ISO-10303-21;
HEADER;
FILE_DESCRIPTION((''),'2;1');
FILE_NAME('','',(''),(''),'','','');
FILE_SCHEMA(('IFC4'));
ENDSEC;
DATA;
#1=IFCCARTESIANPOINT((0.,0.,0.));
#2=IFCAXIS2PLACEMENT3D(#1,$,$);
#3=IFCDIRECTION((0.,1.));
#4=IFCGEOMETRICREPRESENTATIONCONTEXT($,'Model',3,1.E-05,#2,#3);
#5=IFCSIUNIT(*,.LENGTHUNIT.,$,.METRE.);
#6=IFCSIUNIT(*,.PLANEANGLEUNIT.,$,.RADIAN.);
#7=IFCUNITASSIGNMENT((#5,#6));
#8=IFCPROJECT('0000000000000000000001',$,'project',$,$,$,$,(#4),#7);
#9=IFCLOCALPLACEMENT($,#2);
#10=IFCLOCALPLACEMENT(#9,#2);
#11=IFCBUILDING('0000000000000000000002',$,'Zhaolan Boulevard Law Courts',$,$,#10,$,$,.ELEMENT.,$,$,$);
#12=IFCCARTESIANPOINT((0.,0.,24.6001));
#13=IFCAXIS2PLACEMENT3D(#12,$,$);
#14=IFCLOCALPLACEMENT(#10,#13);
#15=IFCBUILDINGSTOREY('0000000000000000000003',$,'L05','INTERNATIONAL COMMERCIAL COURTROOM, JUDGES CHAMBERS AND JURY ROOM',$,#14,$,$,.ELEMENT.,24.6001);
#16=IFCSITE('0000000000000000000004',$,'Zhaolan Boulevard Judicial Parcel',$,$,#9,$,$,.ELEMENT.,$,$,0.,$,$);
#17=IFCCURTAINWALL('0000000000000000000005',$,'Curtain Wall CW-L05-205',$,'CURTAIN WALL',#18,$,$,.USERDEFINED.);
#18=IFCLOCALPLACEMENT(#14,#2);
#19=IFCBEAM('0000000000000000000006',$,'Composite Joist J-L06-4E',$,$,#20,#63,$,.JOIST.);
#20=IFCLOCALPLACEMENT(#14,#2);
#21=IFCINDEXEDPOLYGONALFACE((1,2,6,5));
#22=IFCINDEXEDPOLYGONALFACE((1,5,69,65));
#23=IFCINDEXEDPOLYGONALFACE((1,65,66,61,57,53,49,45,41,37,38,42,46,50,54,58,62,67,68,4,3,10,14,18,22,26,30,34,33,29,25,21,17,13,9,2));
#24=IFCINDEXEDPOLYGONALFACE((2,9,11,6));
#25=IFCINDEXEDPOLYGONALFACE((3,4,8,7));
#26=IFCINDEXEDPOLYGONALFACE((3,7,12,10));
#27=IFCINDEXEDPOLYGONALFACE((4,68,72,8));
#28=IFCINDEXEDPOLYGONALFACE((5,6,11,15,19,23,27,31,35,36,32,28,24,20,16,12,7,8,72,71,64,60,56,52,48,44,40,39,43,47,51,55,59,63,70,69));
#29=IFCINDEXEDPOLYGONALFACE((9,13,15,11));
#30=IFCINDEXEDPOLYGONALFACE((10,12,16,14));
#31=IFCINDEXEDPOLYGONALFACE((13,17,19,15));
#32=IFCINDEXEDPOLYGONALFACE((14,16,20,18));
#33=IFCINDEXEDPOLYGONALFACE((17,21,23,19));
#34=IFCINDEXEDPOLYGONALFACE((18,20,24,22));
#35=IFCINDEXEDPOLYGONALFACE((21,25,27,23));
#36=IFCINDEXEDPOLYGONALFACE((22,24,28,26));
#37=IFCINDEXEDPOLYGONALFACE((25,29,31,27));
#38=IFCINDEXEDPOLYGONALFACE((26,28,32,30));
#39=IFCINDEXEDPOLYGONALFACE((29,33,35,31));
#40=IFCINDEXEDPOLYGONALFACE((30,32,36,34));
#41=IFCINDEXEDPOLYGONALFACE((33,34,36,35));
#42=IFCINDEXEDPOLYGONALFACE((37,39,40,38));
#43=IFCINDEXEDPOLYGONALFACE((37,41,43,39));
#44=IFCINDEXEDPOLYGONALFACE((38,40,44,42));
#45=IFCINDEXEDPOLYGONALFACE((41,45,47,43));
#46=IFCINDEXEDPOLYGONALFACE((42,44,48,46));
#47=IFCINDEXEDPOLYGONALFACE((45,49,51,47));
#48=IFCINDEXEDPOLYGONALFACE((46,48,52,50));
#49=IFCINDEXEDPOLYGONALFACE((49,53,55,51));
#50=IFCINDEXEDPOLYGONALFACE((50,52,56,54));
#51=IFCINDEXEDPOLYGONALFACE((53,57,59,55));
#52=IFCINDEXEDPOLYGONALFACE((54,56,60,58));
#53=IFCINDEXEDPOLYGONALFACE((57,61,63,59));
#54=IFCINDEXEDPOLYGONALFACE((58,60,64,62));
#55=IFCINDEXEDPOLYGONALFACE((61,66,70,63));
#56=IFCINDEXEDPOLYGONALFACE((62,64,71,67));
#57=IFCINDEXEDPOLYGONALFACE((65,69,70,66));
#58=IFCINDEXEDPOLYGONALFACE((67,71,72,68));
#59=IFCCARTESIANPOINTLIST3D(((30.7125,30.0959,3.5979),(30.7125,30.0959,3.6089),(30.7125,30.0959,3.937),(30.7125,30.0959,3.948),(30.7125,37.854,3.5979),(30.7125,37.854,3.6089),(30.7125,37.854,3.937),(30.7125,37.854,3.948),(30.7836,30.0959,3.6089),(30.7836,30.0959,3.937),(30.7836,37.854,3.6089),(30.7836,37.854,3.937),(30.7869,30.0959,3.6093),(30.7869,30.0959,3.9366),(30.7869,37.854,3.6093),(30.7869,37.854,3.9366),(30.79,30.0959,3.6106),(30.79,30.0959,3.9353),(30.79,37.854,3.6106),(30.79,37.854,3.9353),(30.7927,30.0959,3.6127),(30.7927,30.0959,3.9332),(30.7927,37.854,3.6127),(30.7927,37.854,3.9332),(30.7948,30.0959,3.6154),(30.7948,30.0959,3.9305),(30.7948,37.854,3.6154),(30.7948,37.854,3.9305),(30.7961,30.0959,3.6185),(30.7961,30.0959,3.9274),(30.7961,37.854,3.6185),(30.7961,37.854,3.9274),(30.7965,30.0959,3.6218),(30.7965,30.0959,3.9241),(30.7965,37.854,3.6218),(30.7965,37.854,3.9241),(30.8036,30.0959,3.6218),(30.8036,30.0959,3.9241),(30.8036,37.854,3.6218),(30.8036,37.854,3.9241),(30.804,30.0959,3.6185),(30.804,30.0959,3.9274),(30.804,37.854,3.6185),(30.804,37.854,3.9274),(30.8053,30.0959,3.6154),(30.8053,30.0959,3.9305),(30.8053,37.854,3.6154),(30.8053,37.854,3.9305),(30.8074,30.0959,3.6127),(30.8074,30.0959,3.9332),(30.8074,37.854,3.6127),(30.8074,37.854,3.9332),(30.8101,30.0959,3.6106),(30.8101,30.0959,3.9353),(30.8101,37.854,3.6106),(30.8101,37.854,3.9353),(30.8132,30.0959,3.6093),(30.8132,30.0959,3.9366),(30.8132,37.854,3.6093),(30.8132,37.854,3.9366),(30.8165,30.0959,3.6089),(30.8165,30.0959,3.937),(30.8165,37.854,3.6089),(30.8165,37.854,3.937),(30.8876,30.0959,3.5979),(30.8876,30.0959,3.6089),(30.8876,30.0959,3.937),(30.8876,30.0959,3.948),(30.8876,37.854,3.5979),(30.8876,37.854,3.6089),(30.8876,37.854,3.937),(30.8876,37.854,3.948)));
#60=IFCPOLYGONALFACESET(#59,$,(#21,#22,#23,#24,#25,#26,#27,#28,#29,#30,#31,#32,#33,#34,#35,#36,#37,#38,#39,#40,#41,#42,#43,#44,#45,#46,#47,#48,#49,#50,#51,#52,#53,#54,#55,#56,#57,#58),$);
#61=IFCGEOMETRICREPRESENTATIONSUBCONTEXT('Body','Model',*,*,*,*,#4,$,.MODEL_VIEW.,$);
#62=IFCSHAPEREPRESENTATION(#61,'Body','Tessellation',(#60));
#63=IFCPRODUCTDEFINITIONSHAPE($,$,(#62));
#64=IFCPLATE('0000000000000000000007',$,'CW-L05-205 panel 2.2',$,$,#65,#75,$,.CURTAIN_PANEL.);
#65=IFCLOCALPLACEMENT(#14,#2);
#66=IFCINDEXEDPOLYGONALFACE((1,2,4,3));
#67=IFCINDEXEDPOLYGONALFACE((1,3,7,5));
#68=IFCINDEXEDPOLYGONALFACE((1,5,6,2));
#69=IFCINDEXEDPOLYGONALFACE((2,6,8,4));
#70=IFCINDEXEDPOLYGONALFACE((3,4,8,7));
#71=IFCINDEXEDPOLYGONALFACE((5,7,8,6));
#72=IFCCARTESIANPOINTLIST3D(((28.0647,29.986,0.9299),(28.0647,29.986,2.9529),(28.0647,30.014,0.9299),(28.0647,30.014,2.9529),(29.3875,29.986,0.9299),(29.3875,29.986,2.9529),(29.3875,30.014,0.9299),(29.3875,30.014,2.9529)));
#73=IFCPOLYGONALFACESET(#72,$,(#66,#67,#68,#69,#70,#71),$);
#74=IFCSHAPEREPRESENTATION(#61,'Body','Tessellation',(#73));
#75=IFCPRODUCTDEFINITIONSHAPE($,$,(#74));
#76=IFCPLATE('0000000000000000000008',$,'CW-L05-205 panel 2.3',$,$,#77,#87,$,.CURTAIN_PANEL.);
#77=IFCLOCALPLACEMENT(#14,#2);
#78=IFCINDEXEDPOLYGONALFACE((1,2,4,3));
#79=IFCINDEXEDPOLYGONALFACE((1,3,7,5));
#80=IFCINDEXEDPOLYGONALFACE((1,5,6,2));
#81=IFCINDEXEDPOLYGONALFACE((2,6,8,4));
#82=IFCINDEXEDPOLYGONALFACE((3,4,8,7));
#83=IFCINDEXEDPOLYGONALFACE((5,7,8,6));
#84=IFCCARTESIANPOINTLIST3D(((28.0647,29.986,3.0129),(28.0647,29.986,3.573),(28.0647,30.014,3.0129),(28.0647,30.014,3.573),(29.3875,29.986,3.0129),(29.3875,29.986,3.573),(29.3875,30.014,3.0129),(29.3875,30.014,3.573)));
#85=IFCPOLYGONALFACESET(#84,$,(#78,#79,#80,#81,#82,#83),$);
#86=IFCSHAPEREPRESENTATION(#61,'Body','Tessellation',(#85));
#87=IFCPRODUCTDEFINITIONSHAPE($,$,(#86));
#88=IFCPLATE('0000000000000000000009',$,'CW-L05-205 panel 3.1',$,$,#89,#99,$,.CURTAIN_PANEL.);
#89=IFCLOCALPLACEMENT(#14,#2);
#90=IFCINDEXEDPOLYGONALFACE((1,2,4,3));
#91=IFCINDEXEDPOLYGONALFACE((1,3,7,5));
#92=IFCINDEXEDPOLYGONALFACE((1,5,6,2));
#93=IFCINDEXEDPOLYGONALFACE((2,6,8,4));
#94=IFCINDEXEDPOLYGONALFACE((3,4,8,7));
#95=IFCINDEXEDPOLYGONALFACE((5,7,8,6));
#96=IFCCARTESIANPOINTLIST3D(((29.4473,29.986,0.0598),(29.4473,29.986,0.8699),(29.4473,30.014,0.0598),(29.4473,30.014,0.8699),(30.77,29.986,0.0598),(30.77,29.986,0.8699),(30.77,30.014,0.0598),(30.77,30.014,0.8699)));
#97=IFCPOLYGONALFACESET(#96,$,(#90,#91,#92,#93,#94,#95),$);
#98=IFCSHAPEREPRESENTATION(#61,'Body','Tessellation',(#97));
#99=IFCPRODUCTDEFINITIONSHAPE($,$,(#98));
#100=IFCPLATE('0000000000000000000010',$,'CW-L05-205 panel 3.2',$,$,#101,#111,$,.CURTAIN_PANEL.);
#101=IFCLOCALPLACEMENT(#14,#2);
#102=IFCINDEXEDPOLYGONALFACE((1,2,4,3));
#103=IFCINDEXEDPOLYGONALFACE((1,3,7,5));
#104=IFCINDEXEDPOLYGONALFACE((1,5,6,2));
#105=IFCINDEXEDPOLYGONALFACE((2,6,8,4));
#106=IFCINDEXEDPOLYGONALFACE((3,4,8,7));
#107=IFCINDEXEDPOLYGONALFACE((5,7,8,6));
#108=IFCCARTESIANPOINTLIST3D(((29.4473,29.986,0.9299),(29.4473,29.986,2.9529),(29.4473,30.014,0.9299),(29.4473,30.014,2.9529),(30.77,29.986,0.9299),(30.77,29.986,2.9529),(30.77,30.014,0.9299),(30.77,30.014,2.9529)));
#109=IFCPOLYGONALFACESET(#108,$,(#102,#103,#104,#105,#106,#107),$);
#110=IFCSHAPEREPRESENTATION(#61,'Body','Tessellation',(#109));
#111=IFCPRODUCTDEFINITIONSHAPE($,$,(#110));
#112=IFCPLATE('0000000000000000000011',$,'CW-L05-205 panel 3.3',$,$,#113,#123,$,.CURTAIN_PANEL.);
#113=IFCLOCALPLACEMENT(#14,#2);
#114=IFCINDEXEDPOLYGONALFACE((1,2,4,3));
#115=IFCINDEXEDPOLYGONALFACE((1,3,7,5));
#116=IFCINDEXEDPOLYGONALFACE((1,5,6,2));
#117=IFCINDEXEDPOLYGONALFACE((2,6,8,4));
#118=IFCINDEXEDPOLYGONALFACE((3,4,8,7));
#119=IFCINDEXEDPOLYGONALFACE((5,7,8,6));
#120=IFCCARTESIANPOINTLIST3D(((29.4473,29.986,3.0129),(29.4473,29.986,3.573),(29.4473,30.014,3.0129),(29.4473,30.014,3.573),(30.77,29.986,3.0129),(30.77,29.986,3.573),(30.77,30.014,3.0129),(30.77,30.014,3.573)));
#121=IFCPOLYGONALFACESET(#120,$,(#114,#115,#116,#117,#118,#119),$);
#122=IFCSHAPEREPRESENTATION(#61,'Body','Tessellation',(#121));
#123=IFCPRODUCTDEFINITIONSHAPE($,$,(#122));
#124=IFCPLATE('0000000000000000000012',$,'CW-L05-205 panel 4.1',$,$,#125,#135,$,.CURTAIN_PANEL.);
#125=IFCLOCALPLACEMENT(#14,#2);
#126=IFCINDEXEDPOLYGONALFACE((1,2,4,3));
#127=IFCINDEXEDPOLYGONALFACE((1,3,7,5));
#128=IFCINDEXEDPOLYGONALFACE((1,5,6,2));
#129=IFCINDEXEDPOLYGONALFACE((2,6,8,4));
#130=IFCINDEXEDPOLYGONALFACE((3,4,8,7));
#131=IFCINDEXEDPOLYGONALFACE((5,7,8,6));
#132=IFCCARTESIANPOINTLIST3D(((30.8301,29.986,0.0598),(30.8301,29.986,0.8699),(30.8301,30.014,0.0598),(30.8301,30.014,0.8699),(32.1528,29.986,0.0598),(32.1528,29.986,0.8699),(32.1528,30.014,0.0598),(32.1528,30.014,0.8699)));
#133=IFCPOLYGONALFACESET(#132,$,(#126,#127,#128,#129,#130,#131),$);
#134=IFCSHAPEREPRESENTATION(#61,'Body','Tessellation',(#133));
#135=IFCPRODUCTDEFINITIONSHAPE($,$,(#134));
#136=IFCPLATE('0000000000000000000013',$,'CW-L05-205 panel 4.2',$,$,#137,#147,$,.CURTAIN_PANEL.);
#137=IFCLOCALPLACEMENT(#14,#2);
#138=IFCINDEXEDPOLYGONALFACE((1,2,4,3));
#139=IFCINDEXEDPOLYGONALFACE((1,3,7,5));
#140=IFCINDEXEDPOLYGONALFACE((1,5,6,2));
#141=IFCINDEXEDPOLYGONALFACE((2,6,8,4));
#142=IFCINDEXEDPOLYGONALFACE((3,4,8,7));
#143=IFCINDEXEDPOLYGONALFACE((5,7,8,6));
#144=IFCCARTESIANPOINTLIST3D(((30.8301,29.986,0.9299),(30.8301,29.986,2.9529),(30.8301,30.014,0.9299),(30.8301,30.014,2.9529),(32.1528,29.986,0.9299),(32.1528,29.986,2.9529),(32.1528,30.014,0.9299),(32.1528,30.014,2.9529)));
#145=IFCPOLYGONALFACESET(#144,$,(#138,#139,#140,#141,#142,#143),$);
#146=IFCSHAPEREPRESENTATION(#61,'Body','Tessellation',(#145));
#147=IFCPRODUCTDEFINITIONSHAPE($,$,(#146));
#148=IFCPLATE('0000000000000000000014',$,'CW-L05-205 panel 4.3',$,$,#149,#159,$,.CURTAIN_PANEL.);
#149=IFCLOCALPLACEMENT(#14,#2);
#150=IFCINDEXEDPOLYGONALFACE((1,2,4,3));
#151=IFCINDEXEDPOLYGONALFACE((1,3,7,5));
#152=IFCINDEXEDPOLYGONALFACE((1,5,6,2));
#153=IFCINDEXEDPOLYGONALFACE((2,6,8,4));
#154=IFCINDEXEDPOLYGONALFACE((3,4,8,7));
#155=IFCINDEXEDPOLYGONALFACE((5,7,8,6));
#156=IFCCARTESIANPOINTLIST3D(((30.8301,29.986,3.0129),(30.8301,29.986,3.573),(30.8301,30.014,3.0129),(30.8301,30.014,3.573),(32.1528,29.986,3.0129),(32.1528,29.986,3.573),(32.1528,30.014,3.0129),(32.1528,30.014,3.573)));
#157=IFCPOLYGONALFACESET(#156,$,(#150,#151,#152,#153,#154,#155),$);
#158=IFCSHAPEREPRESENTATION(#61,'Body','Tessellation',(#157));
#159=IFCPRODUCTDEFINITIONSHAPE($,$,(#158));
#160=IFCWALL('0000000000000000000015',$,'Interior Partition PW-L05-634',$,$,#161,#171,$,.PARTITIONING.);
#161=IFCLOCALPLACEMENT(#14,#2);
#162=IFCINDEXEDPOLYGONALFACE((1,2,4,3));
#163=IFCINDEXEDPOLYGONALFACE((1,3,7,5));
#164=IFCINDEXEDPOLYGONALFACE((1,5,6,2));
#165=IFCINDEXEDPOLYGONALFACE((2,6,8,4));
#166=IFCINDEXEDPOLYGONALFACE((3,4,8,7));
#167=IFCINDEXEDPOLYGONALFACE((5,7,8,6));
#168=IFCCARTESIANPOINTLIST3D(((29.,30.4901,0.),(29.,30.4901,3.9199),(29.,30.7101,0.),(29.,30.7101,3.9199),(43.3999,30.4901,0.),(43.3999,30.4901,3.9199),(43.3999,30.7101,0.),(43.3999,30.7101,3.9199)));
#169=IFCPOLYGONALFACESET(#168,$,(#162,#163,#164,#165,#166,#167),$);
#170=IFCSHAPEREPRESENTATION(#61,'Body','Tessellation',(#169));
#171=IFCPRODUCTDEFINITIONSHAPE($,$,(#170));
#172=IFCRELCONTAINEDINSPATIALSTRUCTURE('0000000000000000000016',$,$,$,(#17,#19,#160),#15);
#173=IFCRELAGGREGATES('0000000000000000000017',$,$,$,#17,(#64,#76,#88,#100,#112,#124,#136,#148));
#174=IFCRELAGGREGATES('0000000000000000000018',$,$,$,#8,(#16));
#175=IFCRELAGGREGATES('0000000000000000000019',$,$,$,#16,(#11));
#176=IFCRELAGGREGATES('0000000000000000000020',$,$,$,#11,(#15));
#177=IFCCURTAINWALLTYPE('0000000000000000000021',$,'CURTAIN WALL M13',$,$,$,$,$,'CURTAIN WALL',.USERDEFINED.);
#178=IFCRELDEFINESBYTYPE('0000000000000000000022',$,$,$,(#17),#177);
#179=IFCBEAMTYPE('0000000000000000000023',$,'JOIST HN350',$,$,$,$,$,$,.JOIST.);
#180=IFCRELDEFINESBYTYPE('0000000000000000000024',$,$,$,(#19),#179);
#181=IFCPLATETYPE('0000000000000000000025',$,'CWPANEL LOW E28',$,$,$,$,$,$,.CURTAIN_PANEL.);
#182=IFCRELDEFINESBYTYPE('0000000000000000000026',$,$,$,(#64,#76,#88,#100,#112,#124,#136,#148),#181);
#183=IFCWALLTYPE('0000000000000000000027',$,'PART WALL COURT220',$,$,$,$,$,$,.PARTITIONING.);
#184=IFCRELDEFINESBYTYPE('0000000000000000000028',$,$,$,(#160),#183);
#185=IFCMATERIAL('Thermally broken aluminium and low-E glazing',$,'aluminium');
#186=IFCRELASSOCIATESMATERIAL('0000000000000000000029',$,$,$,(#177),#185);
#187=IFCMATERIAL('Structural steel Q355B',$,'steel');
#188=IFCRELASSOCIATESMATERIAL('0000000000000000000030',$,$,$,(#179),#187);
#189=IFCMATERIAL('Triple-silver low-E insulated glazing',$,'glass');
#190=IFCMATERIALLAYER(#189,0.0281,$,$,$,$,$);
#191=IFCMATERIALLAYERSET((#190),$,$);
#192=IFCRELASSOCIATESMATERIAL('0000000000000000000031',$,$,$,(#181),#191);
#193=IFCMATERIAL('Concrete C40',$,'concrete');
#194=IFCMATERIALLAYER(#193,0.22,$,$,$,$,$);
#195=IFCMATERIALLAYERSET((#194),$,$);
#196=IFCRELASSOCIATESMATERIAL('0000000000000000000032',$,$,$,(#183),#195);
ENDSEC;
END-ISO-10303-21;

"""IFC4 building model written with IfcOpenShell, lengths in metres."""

from ifc_helpers import new_model, si_unit, direction, frame, frame_2d, origin, origin_2d, place, context, subcontext, project, spatial, rectangle, i_section, extrude, material, layer, layer_set, material_profile, profile_set, type_object, element, aggregate, save


model = new_model("IFC4")

# Units and contexts
model_context = context("Model", 3, precision=1e-05, world=origin(), true_north=direction((0.0, 1.0)))
body_context = subcontext(model_context, "Body", "Model", "MODEL_VIEW")
ifc_project = project(units=[si_unit("LENGTHUNIT", "METRE"), si_unit("PLANEANGLEUNIT", "RADIAN")], contexts=[model_context])

# Site, building, storey
site_placement = place(None, origin())
site = spatial("IfcSite", under=ifc_project, at=site_placement, Name="Zhaolan Boulevard Judicial Parcel", CompositionType="ELEMENT", RefElevation=0.0)
building_placement = place(site_placement, origin())
building = spatial("IfcBuilding", under=site, at=building_placement, Name="Zhaolan Boulevard Law Courts", CompositionType="ELEMENT")
storey_placement = place(building_placement, frame((0.0, 0.0, 24.6001)))
storey = spatial("IfcBuildingStorey", under=building, at=storey_placement, Name="L05", Description="INTERNATIONAL COMMERCIAL COURTROOM, JUDGES CHAMBERS AND JURY ROOM", CompositionType="ELEMENT", Elevation=24.6001)

# Curtain wall
ifc_material_1 = material(Name="Thermally broken aluminium and low-E glazing", Category="aluminium")
curtain_wall_type = type_object("IfcCurtainWallType", Name="CURTAIN WALL M13", ElementType="CURTAIN WALL", PredefinedType="USERDEFINED", material=ifc_material_1)
curtain_wall_placement = place(storey_placement, origin())
curtain_wall = element("IfcCurtainWall", 1, at=curtain_wall_placement, inside=storey, type_object=curtain_wall_type, Name="Curtain Wall CW-L05-205", ObjectType="CURTAIN WALL", PredefinedType="USERDEFINED")

# Beam
ifc_material_2 = material(Name="Structural steel Q355B", Category="steel")
ifc_material_profile_1 = material_profile(ifc_material_2, i_section(OverallWidth=0.175, OverallDepth=0.3501, WebThickness=0.0071, FlangeThickness=0.011, FilletRadius=0.0129, at=origin_2d()), Name="HN350x175")
ifc_profile_set_1 = profile_set([ifc_material_profile_1], Name="Structural steel Q355B")
beam_type = type_object("IfcBeamType", Name="JOIST HN350", PredefinedType="JOIST", material=ifc_profile_set_1)
beam_placement = place(storey_placement, frame((30.8, 30.0959, 3.7729), z_axis=(0.0, 1.0, 0.0), x_axis=(-1.0, 0.0, 0.0)))
element("IfcBeam", 2, at=beam_placement, inside=storey, type_object=beam_type, Name="Composite Joist J-L06-4E", PredefinedType="JOIST", context=body_context, shape_type="SweptSolid", body=[
    extrude(i_section(OverallWidth=0.175, OverallDepth=0.3501, WebThickness=0.0071, FlangeThickness=0.011, FilletRadius=0.0129, at=origin_2d()), origin(), (0.0, 0.0, 1.0), 7.7581),
])

# Plates
ifc_material_3 = material(Name="Triple-silver low-E insulated glazing", Category="glass")
ifc_layer_1 = layer(ifc_material_3, 0.0281)
ifc_layer_set_1 = layer_set([ifc_layer_1])
plate_type = type_object("IfcPlateType", Name="CWPANEL LOW E28", PredefinedType="CURTAIN_PANEL", material=ifc_layer_set_1)
plate_1_placement = place(storey_placement, frame((28.7261, 30.0, 0.9299), z_axis=(0.0, 0.0, 1.0), x_axis=(1.0, 0.0, 0.0)))
plate_1 = element("IfcPlate", 3, at=plate_1_placement, type_object=plate_type, Name="CW-L05-205 panel 2.2", PredefinedType="CURTAIN_PANEL", context=body_context, shape_type="SweptSolid", body=[
    extrude(rectangle(XDim=1.3228, YDim=0.0281, at=origin_2d()), origin(), (0.0, 0.0, 1.0), 2.0229),
])
plate_2_placement = place(storey_placement, frame((28.7261, 30.0, 3.0129), z_axis=(0.0, 0.0, 1.0), x_axis=(1.0, 0.0, 0.0)))
plate_2 = element("IfcPlate", 4, at=plate_2_placement, type_object=plate_type, Name="CW-L05-205 panel 2.3", PredefinedType="CURTAIN_PANEL", context=body_context, shape_type="SweptSolid", body=[
    extrude(rectangle(XDim=1.3228, YDim=0.0281, at=origin_2d()), origin(), (0.0, 0.0, 1.0), 0.5601),
])
plate_3_placement = place(storey_placement, frame((30.1086, 30.0, 0.0598), z_axis=(0.0, 0.0, 1.0), x_axis=(1.0, 0.0, 0.0)))
plate_3 = element("IfcPlate", 5, at=plate_3_placement, type_object=plate_type, Name="CW-L05-205 panel 3.1", PredefinedType="CURTAIN_PANEL", context=body_context, shape_type="SweptSolid", body=[
    extrude(rectangle(XDim=1.3228, YDim=0.0281, at=origin_2d()), origin(), (0.0, 0.0, 1.0), 0.8101),
])
plate_4_placement = place(storey_placement, frame((30.1086, 30.0, 0.9299), z_axis=(0.0, 0.0, 1.0), x_axis=(1.0, 0.0, 0.0)))
plate_4 = element("IfcPlate", 6, at=plate_4_placement, type_object=plate_type, Name="CW-L05-205 panel 3.2", PredefinedType="CURTAIN_PANEL", context=body_context, shape_type="SweptSolid", body=[
    extrude(rectangle(XDim=1.3228, YDim=0.0281, at=origin_2d()), origin(), (0.0, 0.0, 1.0), 2.0229),
])
plate_5_placement = place(storey_placement, frame((30.1086, 30.0, 3.0129), z_axis=(0.0, 0.0, 1.0), x_axis=(1.0, 0.0, 0.0)))
plate_5 = element("IfcPlate", 7, at=plate_5_placement, type_object=plate_type, Name="CW-L05-205 panel 3.3", PredefinedType="CURTAIN_PANEL", context=body_context, shape_type="SweptSolid", body=[
    extrude(rectangle(XDim=1.3228, YDim=0.0281, at=origin_2d()), origin(), (0.0, 0.0, 1.0), 0.5601),
])
plate_6_placement = place(storey_placement, frame((31.4915, 30.0, 0.0598), z_axis=(0.0, 0.0, 1.0), x_axis=(1.0, 0.0, 0.0)))
plate_6 = element("IfcPlate", 8, at=plate_6_placement, type_object=plate_type, Name="CW-L05-205 panel 4.1", PredefinedType="CURTAIN_PANEL", context=body_context, shape_type="SweptSolid", body=[
    extrude(rectangle(XDim=1.3228, YDim=0.0281, at=origin_2d()), origin(), (0.0, 0.0, 1.0), 0.8101),
])
plate_7_placement = place(storey_placement, frame((31.4915, 30.0, 0.9299), z_axis=(0.0, 0.0, 1.0), x_axis=(1.0, 0.0, 0.0)))
plate_7 = element("IfcPlate", 9, at=plate_7_placement, type_object=plate_type, Name="CW-L05-205 panel 4.2", PredefinedType="CURTAIN_PANEL", context=body_context, shape_type="SweptSolid", body=[
    extrude(rectangle(XDim=1.3228, YDim=0.0281, at=origin_2d()), origin(), (0.0, 0.0, 1.0), 2.0229),
])
plate_8_placement = place(storey_placement, frame((31.4915, 30.0, 3.0129), z_axis=(0.0, 0.0, 1.0), x_axis=(1.0, 0.0, 0.0)))
plate_8 = element("IfcPlate", 10, at=plate_8_placement, type_object=plate_type, Name="CW-L05-205 panel 4.3", PredefinedType="CURTAIN_PANEL", context=body_context, shape_type="SweptSolid", body=[
    extrude(rectangle(XDim=1.3228, YDim=0.0281, at=origin_2d()), origin(), (0.0, 0.0, 1.0), 0.5601),
])
aggregate(curtain_wall, [plate_1, plate_2, plate_3, plate_4, plate_5, plate_6, plate_7, plate_8])

# Wall
ifc_material_4 = material(Name="Concrete C40", Category="concrete")
ifc_layer_2 = layer(ifc_material_4, 0.22)
ifc_layer_set_2 = layer_set([ifc_layer_2])
wall_type = type_object("IfcWallType", Name="PART WALL COURT220", PredefinedType="PARTITIONING", material=ifc_layer_set_2)
wall_placement = place(storey_placement, frame((29.0, 30.6001, 0.0), z_axis=(0.0, 0.0, 1.0), x_axis=(1.0, 0.0, 0.0)))
element("IfcWall", 11, at=wall_placement, inside=storey, type_object=wall_type, Name="Interior Partition PW-L05-634", PredefinedType="PARTITIONING", context=body_context, shape_type="SweptSolid", body=[
    extrude(rectangle(XDim=14.3999, YDim=0.22, at=frame_2d((7.2, 0.0))), origin(), (0.0, 0.0, 1.0), 3.9199),
])

save(model, "model.ifc")
